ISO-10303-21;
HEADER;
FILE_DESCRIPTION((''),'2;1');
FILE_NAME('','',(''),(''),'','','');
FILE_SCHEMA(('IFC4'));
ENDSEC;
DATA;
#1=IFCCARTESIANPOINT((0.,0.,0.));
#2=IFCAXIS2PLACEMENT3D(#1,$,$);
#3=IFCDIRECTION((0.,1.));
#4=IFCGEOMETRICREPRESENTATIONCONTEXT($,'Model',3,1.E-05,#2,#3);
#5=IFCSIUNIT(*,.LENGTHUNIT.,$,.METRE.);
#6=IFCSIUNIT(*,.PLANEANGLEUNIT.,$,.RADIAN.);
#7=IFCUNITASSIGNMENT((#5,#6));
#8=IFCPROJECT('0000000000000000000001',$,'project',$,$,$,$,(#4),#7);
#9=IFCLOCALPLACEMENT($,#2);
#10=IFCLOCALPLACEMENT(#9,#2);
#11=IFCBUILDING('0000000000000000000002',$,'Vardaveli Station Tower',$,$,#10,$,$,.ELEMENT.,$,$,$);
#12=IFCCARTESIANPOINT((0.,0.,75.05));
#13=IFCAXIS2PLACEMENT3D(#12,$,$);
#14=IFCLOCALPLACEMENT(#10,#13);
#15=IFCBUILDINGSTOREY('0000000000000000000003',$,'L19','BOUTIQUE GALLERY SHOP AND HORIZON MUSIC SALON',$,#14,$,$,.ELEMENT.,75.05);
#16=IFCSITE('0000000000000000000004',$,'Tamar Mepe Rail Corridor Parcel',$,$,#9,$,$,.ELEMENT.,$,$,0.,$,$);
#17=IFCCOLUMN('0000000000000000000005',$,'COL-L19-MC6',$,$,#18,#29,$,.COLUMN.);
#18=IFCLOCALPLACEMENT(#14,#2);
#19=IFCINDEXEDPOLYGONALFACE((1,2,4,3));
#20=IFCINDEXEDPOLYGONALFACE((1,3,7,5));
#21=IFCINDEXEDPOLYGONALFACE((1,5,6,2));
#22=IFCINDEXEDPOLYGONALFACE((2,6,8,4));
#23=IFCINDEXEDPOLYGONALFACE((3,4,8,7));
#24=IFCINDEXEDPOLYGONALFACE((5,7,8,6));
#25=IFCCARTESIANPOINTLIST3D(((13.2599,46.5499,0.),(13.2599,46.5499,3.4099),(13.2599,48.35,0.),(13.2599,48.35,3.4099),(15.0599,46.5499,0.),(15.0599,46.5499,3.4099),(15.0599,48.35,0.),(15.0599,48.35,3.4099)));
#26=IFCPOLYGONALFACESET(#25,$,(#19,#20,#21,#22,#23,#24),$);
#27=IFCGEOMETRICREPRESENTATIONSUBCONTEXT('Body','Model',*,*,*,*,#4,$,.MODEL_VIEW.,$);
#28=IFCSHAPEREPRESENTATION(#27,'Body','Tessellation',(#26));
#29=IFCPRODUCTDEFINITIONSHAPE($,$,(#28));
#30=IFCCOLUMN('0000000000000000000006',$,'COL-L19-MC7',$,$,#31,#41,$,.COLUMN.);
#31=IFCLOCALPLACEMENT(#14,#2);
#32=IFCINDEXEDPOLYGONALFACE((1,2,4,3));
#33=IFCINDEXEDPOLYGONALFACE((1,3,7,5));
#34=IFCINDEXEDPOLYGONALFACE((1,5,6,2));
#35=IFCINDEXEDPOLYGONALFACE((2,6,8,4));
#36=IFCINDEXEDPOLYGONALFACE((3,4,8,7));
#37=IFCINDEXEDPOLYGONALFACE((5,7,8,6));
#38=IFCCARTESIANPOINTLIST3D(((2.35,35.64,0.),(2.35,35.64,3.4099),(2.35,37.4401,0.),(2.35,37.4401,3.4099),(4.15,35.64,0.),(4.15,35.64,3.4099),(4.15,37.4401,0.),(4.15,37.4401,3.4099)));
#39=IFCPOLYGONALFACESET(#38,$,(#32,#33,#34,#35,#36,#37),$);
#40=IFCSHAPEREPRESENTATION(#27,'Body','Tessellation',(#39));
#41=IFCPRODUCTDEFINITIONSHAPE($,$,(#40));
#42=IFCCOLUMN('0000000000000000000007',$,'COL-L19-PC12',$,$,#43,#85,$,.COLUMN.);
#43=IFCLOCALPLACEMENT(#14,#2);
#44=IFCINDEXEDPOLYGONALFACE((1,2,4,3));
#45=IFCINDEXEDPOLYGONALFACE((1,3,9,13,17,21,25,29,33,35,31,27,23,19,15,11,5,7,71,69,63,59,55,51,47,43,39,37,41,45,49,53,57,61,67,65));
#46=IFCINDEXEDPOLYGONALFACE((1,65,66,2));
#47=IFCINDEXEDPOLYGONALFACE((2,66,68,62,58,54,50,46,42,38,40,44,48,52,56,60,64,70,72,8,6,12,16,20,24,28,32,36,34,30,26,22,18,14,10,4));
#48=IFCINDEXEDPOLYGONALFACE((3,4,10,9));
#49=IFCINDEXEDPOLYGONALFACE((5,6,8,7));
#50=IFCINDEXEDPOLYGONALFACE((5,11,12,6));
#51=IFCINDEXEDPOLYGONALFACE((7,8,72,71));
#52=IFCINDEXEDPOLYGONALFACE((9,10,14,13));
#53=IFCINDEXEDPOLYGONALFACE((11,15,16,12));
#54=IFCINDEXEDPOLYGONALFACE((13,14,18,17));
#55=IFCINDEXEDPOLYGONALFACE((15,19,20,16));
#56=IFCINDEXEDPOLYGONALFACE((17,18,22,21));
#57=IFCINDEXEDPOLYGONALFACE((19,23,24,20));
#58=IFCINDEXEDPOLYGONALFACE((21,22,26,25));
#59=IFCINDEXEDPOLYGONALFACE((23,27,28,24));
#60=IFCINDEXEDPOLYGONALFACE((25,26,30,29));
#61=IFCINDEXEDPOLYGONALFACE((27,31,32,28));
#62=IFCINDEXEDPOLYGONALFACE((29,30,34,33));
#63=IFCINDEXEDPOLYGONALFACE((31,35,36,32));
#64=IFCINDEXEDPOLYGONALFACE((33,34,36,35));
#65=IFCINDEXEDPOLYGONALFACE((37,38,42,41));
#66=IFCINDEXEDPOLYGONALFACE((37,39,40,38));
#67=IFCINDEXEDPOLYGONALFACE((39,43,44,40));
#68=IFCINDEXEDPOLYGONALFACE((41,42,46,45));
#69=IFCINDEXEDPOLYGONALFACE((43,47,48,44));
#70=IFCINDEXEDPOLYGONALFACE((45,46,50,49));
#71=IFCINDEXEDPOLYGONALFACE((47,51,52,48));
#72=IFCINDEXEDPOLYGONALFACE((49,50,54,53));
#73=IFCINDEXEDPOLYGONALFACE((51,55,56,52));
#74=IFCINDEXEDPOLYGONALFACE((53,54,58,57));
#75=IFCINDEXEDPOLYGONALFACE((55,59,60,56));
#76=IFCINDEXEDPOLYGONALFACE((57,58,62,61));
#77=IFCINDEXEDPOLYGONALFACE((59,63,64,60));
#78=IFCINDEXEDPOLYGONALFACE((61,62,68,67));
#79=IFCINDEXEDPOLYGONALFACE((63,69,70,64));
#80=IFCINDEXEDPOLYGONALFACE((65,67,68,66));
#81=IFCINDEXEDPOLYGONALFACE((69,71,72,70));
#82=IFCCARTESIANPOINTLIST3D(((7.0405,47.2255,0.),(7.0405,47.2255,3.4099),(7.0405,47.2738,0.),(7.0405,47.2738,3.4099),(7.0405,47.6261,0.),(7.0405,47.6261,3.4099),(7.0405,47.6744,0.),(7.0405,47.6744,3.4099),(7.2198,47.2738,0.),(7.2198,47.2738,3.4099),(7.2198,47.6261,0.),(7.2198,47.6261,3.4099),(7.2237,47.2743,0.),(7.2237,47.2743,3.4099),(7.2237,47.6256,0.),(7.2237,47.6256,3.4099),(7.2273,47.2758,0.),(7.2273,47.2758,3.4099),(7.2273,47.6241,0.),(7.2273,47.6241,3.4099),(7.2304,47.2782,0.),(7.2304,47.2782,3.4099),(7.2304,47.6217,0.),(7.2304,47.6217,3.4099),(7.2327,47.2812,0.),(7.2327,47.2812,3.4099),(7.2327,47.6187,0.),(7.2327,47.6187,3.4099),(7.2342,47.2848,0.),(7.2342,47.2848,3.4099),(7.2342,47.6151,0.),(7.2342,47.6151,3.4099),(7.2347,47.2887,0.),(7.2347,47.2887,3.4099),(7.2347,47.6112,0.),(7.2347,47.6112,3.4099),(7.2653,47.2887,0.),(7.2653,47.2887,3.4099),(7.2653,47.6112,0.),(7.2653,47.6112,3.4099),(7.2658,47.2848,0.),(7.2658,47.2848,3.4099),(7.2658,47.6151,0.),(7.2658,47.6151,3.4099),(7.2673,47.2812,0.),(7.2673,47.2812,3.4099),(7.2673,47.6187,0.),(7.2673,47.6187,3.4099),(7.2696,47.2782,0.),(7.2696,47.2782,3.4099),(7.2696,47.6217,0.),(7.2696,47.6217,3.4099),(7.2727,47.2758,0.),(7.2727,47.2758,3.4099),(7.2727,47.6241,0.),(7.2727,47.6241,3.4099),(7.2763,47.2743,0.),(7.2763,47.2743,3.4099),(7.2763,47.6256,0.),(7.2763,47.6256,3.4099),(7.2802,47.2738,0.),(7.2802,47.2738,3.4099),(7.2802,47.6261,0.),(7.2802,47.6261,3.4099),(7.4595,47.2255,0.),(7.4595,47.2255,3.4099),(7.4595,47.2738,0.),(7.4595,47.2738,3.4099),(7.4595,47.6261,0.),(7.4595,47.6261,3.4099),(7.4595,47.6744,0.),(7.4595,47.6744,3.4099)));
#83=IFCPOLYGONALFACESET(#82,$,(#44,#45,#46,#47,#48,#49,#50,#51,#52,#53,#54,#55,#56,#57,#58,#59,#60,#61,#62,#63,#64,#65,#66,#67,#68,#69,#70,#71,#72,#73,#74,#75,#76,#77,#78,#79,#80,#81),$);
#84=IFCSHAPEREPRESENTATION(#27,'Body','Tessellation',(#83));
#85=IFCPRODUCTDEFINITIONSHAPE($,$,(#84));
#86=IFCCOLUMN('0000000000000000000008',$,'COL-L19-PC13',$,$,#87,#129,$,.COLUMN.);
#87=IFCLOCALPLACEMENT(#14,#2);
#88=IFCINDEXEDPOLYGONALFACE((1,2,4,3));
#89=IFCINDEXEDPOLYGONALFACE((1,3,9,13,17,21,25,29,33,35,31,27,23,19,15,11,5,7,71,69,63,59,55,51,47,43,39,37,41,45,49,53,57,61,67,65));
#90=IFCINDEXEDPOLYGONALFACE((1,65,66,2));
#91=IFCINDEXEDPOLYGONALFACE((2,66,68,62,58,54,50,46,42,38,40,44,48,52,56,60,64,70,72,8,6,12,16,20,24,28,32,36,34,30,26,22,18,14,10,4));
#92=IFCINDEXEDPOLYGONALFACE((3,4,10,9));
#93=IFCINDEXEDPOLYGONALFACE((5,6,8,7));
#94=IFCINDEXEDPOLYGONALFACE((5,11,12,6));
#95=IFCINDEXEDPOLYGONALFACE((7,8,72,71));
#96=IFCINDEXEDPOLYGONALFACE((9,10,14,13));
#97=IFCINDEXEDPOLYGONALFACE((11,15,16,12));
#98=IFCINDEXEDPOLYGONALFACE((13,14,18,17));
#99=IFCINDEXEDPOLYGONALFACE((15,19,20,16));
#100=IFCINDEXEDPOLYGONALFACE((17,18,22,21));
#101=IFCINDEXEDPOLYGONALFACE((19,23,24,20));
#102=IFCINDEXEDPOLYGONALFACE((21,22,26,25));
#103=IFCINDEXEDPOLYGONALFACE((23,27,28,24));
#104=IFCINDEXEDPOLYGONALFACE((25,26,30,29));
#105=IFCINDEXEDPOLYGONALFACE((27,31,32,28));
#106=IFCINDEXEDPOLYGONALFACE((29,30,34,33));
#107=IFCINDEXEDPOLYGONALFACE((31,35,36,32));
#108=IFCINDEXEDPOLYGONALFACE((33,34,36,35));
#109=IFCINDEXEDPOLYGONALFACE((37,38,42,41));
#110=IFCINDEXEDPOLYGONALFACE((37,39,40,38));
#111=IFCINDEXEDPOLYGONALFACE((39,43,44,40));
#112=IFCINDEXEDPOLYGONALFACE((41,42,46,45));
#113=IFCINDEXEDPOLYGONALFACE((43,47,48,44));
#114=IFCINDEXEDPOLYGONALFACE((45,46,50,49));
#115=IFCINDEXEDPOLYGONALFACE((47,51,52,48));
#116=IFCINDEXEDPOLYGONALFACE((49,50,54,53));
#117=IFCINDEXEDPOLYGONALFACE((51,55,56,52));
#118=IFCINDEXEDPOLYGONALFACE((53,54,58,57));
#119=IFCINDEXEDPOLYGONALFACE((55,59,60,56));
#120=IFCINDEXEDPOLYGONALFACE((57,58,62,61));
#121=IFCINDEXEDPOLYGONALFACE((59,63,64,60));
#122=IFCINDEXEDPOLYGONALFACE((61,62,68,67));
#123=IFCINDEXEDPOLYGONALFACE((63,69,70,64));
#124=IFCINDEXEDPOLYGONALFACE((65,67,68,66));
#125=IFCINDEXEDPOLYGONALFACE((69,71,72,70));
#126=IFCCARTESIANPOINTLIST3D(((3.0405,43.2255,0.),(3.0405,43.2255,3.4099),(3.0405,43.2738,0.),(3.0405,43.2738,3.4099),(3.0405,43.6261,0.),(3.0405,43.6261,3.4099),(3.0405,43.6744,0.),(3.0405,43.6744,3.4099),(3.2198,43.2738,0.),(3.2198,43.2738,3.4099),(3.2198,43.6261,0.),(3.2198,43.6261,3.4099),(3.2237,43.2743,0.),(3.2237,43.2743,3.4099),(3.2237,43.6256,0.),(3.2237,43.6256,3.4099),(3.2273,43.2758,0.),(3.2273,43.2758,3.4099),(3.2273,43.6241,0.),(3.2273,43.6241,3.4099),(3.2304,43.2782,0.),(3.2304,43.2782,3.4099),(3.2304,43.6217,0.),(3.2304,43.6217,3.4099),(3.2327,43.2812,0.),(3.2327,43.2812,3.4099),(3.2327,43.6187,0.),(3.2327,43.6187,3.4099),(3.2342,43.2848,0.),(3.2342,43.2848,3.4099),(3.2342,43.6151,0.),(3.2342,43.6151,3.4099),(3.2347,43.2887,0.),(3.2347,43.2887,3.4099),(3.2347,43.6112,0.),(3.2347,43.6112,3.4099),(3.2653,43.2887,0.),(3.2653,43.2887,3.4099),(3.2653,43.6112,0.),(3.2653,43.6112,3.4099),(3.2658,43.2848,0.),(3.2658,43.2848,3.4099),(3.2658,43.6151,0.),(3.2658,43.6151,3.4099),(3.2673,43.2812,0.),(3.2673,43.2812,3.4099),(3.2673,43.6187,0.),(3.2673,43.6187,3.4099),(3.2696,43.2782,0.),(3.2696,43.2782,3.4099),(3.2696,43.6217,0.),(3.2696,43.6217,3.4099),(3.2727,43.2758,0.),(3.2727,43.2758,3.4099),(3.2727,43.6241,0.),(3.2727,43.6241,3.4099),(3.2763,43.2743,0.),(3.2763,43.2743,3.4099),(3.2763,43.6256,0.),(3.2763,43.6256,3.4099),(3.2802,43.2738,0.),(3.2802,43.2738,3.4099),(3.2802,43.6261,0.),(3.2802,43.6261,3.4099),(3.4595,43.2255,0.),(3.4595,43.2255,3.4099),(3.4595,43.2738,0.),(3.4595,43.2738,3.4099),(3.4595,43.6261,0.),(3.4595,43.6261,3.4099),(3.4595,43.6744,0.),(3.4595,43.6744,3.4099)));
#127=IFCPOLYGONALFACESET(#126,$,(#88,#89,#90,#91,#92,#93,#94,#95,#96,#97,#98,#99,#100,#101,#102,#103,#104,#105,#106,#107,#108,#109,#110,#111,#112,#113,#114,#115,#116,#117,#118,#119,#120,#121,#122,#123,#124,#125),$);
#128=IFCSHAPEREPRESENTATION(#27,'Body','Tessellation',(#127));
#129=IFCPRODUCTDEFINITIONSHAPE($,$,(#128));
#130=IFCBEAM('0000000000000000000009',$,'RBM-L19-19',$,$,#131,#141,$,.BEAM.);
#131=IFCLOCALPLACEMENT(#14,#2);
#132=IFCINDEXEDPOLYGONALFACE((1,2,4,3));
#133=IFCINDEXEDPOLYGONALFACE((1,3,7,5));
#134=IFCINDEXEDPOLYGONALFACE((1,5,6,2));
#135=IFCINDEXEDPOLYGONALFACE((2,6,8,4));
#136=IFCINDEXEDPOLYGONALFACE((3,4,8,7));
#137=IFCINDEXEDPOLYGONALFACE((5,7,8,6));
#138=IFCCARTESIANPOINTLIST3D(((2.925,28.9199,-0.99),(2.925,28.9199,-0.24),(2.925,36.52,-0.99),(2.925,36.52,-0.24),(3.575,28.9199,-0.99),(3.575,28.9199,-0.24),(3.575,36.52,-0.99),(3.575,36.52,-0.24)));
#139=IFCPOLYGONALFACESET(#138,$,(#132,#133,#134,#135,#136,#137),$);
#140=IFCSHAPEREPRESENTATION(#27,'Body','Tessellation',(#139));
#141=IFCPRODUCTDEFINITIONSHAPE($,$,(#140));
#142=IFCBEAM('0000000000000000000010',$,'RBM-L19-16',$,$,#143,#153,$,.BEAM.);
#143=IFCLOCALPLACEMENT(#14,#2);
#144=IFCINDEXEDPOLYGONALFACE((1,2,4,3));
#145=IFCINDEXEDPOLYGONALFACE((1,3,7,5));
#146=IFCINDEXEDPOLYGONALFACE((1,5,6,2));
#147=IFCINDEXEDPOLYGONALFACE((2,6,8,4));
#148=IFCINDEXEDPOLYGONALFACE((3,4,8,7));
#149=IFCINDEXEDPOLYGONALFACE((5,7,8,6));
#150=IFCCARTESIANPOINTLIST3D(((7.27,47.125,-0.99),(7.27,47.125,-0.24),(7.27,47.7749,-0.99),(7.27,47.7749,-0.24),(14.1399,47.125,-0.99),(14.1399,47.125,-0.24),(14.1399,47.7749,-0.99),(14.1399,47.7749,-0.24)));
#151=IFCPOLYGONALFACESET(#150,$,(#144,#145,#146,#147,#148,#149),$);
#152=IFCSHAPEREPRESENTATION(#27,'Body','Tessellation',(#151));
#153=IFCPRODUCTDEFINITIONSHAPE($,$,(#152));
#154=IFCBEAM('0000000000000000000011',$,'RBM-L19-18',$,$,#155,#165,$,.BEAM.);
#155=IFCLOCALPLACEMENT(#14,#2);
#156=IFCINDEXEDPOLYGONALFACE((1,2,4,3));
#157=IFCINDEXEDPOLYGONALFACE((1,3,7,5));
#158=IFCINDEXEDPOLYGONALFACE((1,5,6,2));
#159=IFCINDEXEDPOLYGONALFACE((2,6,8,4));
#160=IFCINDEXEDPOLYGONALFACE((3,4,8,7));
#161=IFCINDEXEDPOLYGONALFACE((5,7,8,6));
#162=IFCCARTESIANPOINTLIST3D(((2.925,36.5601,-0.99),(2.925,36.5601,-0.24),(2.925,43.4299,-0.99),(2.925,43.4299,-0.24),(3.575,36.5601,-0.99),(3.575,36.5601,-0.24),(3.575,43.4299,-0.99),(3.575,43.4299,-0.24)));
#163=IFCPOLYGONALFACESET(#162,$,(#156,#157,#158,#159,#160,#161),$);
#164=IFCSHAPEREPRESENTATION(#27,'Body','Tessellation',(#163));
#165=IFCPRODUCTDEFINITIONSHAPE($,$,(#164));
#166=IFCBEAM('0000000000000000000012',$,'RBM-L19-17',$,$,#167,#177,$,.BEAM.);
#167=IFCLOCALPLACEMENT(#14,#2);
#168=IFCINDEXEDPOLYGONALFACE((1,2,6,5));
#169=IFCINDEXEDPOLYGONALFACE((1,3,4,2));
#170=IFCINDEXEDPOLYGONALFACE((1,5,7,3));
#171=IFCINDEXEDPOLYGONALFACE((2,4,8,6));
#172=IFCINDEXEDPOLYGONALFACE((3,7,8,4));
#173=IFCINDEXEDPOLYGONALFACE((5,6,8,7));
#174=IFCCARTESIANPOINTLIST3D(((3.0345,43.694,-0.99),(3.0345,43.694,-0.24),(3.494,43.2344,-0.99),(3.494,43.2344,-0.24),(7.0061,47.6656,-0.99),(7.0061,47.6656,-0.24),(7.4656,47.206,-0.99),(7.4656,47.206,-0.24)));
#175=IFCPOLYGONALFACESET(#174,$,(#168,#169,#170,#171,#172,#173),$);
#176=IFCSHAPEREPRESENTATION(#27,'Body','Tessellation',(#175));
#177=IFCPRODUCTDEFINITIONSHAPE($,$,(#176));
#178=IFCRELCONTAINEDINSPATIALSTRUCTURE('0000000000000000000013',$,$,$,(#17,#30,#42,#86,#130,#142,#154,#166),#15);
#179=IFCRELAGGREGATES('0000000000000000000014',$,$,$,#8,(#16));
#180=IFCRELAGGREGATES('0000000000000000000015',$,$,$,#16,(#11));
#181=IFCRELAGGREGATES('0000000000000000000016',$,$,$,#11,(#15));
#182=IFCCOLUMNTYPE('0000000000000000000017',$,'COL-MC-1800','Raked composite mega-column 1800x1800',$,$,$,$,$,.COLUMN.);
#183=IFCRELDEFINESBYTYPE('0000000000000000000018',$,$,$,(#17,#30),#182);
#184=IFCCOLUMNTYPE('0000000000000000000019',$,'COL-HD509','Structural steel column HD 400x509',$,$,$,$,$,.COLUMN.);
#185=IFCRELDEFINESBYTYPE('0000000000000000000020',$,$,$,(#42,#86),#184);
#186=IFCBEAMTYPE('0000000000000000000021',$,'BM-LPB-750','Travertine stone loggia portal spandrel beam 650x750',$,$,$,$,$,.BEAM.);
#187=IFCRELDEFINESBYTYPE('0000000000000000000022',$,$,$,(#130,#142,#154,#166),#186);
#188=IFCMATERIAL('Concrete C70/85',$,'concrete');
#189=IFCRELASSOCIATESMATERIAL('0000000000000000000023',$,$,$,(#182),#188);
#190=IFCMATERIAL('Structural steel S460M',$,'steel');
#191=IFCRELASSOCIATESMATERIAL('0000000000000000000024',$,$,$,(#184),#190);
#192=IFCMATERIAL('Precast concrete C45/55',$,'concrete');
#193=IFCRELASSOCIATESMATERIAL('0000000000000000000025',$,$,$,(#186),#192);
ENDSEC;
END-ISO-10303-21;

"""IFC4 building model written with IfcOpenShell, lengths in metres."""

from ifc_helpers import new_model, si_unit, direction, frame, origin, origin_2d, place, context, subcontext, project, spatial, rectangle, i_section, extrude, source, transform, mapped, material, material_profile, profile_set, type_object, element, save


model = new_model("IFC4")

# Units and contexts
model_context = context("Model", 3, precision=1e-05, world=origin(), true_north=direction((0.0, 1.0)))
body_context = subcontext(model_context, "Body", "Model", "MODEL_VIEW")
ifc_project = project(units=[si_unit("LENGTHUNIT", "METRE"), si_unit("PLANEANGLEUNIT", "RADIAN")], contexts=[model_context])

# Site, building, storey
site_placement = place(None, origin())
site = spatial("IfcSite", under=ifc_project, at=site_placement, Name="Tamar Mepe Rail Corridor Parcel", CompositionType="ELEMENT", RefElevation=0.0)
building_placement = place(site_placement, origin())
building = spatial("IfcBuilding", under=site, at=building_placement, Name="Vardaveli Station Tower", CompositionType="ELEMENT")
storey_placement = place(building_placement, frame((0.0, 0.0, 75.05)))
storey = spatial("IfcBuildingStorey", under=building, at=storey_placement, Name="L19", Description="BOUTIQUE GALLERY SHOP AND HORIZON MUSIC SALON", CompositionType="ELEMENT", Elevation=75.05)

# Columns
ifc_material_1 = material(Name="Concrete C70/85", Category="concrete")
ifc_material_profile_1 = material_profile(ifc_material_1, rectangle(XDim=1.8, YDim=1.8, at=origin_2d()), Name="MC 1800x1800")
ifc_profile_set_1 = profile_set([ifc_material_profile_1], Name="Concrete C70/85")
column_type_1 = type_object("IfcColumnType", Name="COL-MC-1800", Description="Raked composite mega-column 1800x1800", PredefinedType="COLUMN", material=ifc_profile_set_1)
shared_shape_1 = source(origin(), body_context, "Body", "SweptSolid", [
    extrude(rectangle(XDim=1.8, YDim=1.8, at=origin_2d()), origin(), (0.0, 0.0, 1.0), 3.4099),
])
for number, where, z_axis, x_axis, name in (
    (1, (14.1599, 47.45, 0.0), (0.0, 0.0, 1.0), (1.0, 0.0, 0.0), "COL-L19-MC6"),
    (2, (3.25, 36.54, 0.0), (0.0, 0.0, 1.0), (1.0, 0.0, 0.0), "COL-L19-MC7"),
):
    element("IfcColumn", number, at=place(storey_placement, frame(where, z_axis=z_axis, x_axis=x_axis)), inside=storey, type_object=column_type_1, Name=name, PredefinedType="COLUMN", context=body_context, shape_type="MappedRepresentation", body=[
        mapped(shared_shape_1, transform((0.0, 0.0, 0.0), scale=1.0)),
    ])
ifc_material_2 = material(Name="Structural steel S460M", Category="steel")
ifc_material_profile_2 = material_profile(ifc_material_2, i_section(OverallWidth=0.4189, OverallDepth=0.449, WebThickness=0.0305, FlangeThickness=0.0483, FilletRadius=0.0149, at=origin_2d()), Name="HD 400x509")
ifc_profile_set_2 = profile_set([ifc_material_profile_2], Name="Structural steel S460M")
column_type_2 = type_object("IfcColumnType", Name="COL-HD509", Description="Structural steel column HD 400x509", PredefinedType="COLUMN", material=ifc_profile_set_2)
shared_shape_2 = source(origin(), body_context, "Body", "SweptSolid", [
    extrude(i_section(OverallWidth=0.4189, OverallDepth=0.449, WebThickness=0.0305, FlangeThickness=0.0483, FilletRadius=0.0149, at=origin_2d()), origin(), (0.0, 0.0, 1.0), 3.4099),
])
for number, where, z_axis, x_axis, name in (
    (3, (7.25, 47.45, 0.0), (0.0, 0.0, 1.0), (1.0, 0.0, 0.0), "COL-L19-PC12"),
    (4, (3.25, 43.45, 0.0), (0.0, 0.0, 1.0), (1.0, 0.0, 0.0), "COL-L19-PC13"),
):
    element("IfcColumn", number, at=place(storey_placement, frame(where, z_axis=z_axis, x_axis=x_axis)), inside=storey, type_object=column_type_2, Name=name, PredefinedType="COLUMN", context=body_context, shape_type="MappedRepresentation", body=[
        mapped(shared_shape_2, transform((0.0, 0.0, 0.0), scale=1.0)),
    ])

# Beams
ifc_material_3 = material(Name="Precast concrete C45/55", Category="concrete")
ifc_material_profile_3 = material_profile(ifc_material_3, rectangle(XDim=0.6499, YDim=0.75, at=origin_2d()), Name="LPB 650x750")
ifc_profile_set_3 = profile_set([ifc_material_profile_3], Name="Precast concrete C45/55")
beam_type = type_object("IfcBeamType", Name="BM-LPB-750", Description="Travertine stone loggia portal spandrel beam 650x750", PredefinedType="BEAM", material=ifc_profile_set_3)
shared_shape_3 = source(origin(), body_context, "Body", "SweptSolid", [
    extrude(rectangle(XDim=0.6499, YDim=0.75, at=origin_2d()), origin(), (0.0, 0.0, 1.0), 7.6001),
])
beam_1_placement = place(storey_placement, frame((3.25, 36.52, -0.615), z_axis=(0.0, -1.0, 0.0), x_axis=(1.0, 0.0, 0.0)))
element("IfcBeam", 5, at=beam_1_placement, inside=storey, type_object=beam_type, Name="RBM-L19-19", PredefinedType="BEAM", context=body_context, shape_type="MappedRepresentation", body=[
    mapped(shared_shape_3, transform((0.0, 0.0, 0.0), scale=1.0)),
])
shared_shape_4 = source(origin(), body_context, "Body", "SweptSolid", [
    extrude(rectangle(XDim=0.6499, YDim=0.75, at=origin_2d()), origin(), (0.0, 0.0, 1.0), 6.8699),
])
for number, where, z_axis, x_axis, name in (
    (6, (14.1399, 47.45, -0.615), (-1.0, 0.0, 0.0), (0.0, -1.0, 0.0), "RBM-L19-16"),
    (7, (3.25, 43.4299, -0.615), (0.0, -1.0, 0.0), (1.0, 0.0, 0.0), "RBM-L19-18"),
):
    element("IfcBeam", number, at=place(storey_placement, frame(where, z_axis=z_axis, x_axis=x_axis)), inside=storey, type_object=beam_type, Name=name, PredefinedType="BEAM", context=body_context, shape_type="MappedRepresentation", body=[
        mapped(shared_shape_4, transform((0.0, 0.0, 0.0), scale=1.0)),
    ])
shared_shape_5 = source(origin(), body_context, "Body", "SweptSolid", [
    extrude(rectangle(XDim=0.6499, YDim=0.75, at=origin_2d()), origin(), (0.0, 0.0, 1.0), 5.6167),
])
beam_2_placement = place(storey_placement, frame((7.2358, 47.4358, -0.615), z_axis=(-0.707107, -0.707107, 0.0), x_axis=(0.707107, -0.707107, 0.0)))
element("IfcBeam", 8, at=beam_2_placement, inside=storey, type_object=beam_type, Name="RBM-L19-17", PredefinedType="BEAM", context=body_context, shape_type="MappedRepresentation", body=[
    mapped(shared_shape_5, transform((0.0, 0.0, 0.0), scale=1.0)),
])

save(model, "model.ifc")
